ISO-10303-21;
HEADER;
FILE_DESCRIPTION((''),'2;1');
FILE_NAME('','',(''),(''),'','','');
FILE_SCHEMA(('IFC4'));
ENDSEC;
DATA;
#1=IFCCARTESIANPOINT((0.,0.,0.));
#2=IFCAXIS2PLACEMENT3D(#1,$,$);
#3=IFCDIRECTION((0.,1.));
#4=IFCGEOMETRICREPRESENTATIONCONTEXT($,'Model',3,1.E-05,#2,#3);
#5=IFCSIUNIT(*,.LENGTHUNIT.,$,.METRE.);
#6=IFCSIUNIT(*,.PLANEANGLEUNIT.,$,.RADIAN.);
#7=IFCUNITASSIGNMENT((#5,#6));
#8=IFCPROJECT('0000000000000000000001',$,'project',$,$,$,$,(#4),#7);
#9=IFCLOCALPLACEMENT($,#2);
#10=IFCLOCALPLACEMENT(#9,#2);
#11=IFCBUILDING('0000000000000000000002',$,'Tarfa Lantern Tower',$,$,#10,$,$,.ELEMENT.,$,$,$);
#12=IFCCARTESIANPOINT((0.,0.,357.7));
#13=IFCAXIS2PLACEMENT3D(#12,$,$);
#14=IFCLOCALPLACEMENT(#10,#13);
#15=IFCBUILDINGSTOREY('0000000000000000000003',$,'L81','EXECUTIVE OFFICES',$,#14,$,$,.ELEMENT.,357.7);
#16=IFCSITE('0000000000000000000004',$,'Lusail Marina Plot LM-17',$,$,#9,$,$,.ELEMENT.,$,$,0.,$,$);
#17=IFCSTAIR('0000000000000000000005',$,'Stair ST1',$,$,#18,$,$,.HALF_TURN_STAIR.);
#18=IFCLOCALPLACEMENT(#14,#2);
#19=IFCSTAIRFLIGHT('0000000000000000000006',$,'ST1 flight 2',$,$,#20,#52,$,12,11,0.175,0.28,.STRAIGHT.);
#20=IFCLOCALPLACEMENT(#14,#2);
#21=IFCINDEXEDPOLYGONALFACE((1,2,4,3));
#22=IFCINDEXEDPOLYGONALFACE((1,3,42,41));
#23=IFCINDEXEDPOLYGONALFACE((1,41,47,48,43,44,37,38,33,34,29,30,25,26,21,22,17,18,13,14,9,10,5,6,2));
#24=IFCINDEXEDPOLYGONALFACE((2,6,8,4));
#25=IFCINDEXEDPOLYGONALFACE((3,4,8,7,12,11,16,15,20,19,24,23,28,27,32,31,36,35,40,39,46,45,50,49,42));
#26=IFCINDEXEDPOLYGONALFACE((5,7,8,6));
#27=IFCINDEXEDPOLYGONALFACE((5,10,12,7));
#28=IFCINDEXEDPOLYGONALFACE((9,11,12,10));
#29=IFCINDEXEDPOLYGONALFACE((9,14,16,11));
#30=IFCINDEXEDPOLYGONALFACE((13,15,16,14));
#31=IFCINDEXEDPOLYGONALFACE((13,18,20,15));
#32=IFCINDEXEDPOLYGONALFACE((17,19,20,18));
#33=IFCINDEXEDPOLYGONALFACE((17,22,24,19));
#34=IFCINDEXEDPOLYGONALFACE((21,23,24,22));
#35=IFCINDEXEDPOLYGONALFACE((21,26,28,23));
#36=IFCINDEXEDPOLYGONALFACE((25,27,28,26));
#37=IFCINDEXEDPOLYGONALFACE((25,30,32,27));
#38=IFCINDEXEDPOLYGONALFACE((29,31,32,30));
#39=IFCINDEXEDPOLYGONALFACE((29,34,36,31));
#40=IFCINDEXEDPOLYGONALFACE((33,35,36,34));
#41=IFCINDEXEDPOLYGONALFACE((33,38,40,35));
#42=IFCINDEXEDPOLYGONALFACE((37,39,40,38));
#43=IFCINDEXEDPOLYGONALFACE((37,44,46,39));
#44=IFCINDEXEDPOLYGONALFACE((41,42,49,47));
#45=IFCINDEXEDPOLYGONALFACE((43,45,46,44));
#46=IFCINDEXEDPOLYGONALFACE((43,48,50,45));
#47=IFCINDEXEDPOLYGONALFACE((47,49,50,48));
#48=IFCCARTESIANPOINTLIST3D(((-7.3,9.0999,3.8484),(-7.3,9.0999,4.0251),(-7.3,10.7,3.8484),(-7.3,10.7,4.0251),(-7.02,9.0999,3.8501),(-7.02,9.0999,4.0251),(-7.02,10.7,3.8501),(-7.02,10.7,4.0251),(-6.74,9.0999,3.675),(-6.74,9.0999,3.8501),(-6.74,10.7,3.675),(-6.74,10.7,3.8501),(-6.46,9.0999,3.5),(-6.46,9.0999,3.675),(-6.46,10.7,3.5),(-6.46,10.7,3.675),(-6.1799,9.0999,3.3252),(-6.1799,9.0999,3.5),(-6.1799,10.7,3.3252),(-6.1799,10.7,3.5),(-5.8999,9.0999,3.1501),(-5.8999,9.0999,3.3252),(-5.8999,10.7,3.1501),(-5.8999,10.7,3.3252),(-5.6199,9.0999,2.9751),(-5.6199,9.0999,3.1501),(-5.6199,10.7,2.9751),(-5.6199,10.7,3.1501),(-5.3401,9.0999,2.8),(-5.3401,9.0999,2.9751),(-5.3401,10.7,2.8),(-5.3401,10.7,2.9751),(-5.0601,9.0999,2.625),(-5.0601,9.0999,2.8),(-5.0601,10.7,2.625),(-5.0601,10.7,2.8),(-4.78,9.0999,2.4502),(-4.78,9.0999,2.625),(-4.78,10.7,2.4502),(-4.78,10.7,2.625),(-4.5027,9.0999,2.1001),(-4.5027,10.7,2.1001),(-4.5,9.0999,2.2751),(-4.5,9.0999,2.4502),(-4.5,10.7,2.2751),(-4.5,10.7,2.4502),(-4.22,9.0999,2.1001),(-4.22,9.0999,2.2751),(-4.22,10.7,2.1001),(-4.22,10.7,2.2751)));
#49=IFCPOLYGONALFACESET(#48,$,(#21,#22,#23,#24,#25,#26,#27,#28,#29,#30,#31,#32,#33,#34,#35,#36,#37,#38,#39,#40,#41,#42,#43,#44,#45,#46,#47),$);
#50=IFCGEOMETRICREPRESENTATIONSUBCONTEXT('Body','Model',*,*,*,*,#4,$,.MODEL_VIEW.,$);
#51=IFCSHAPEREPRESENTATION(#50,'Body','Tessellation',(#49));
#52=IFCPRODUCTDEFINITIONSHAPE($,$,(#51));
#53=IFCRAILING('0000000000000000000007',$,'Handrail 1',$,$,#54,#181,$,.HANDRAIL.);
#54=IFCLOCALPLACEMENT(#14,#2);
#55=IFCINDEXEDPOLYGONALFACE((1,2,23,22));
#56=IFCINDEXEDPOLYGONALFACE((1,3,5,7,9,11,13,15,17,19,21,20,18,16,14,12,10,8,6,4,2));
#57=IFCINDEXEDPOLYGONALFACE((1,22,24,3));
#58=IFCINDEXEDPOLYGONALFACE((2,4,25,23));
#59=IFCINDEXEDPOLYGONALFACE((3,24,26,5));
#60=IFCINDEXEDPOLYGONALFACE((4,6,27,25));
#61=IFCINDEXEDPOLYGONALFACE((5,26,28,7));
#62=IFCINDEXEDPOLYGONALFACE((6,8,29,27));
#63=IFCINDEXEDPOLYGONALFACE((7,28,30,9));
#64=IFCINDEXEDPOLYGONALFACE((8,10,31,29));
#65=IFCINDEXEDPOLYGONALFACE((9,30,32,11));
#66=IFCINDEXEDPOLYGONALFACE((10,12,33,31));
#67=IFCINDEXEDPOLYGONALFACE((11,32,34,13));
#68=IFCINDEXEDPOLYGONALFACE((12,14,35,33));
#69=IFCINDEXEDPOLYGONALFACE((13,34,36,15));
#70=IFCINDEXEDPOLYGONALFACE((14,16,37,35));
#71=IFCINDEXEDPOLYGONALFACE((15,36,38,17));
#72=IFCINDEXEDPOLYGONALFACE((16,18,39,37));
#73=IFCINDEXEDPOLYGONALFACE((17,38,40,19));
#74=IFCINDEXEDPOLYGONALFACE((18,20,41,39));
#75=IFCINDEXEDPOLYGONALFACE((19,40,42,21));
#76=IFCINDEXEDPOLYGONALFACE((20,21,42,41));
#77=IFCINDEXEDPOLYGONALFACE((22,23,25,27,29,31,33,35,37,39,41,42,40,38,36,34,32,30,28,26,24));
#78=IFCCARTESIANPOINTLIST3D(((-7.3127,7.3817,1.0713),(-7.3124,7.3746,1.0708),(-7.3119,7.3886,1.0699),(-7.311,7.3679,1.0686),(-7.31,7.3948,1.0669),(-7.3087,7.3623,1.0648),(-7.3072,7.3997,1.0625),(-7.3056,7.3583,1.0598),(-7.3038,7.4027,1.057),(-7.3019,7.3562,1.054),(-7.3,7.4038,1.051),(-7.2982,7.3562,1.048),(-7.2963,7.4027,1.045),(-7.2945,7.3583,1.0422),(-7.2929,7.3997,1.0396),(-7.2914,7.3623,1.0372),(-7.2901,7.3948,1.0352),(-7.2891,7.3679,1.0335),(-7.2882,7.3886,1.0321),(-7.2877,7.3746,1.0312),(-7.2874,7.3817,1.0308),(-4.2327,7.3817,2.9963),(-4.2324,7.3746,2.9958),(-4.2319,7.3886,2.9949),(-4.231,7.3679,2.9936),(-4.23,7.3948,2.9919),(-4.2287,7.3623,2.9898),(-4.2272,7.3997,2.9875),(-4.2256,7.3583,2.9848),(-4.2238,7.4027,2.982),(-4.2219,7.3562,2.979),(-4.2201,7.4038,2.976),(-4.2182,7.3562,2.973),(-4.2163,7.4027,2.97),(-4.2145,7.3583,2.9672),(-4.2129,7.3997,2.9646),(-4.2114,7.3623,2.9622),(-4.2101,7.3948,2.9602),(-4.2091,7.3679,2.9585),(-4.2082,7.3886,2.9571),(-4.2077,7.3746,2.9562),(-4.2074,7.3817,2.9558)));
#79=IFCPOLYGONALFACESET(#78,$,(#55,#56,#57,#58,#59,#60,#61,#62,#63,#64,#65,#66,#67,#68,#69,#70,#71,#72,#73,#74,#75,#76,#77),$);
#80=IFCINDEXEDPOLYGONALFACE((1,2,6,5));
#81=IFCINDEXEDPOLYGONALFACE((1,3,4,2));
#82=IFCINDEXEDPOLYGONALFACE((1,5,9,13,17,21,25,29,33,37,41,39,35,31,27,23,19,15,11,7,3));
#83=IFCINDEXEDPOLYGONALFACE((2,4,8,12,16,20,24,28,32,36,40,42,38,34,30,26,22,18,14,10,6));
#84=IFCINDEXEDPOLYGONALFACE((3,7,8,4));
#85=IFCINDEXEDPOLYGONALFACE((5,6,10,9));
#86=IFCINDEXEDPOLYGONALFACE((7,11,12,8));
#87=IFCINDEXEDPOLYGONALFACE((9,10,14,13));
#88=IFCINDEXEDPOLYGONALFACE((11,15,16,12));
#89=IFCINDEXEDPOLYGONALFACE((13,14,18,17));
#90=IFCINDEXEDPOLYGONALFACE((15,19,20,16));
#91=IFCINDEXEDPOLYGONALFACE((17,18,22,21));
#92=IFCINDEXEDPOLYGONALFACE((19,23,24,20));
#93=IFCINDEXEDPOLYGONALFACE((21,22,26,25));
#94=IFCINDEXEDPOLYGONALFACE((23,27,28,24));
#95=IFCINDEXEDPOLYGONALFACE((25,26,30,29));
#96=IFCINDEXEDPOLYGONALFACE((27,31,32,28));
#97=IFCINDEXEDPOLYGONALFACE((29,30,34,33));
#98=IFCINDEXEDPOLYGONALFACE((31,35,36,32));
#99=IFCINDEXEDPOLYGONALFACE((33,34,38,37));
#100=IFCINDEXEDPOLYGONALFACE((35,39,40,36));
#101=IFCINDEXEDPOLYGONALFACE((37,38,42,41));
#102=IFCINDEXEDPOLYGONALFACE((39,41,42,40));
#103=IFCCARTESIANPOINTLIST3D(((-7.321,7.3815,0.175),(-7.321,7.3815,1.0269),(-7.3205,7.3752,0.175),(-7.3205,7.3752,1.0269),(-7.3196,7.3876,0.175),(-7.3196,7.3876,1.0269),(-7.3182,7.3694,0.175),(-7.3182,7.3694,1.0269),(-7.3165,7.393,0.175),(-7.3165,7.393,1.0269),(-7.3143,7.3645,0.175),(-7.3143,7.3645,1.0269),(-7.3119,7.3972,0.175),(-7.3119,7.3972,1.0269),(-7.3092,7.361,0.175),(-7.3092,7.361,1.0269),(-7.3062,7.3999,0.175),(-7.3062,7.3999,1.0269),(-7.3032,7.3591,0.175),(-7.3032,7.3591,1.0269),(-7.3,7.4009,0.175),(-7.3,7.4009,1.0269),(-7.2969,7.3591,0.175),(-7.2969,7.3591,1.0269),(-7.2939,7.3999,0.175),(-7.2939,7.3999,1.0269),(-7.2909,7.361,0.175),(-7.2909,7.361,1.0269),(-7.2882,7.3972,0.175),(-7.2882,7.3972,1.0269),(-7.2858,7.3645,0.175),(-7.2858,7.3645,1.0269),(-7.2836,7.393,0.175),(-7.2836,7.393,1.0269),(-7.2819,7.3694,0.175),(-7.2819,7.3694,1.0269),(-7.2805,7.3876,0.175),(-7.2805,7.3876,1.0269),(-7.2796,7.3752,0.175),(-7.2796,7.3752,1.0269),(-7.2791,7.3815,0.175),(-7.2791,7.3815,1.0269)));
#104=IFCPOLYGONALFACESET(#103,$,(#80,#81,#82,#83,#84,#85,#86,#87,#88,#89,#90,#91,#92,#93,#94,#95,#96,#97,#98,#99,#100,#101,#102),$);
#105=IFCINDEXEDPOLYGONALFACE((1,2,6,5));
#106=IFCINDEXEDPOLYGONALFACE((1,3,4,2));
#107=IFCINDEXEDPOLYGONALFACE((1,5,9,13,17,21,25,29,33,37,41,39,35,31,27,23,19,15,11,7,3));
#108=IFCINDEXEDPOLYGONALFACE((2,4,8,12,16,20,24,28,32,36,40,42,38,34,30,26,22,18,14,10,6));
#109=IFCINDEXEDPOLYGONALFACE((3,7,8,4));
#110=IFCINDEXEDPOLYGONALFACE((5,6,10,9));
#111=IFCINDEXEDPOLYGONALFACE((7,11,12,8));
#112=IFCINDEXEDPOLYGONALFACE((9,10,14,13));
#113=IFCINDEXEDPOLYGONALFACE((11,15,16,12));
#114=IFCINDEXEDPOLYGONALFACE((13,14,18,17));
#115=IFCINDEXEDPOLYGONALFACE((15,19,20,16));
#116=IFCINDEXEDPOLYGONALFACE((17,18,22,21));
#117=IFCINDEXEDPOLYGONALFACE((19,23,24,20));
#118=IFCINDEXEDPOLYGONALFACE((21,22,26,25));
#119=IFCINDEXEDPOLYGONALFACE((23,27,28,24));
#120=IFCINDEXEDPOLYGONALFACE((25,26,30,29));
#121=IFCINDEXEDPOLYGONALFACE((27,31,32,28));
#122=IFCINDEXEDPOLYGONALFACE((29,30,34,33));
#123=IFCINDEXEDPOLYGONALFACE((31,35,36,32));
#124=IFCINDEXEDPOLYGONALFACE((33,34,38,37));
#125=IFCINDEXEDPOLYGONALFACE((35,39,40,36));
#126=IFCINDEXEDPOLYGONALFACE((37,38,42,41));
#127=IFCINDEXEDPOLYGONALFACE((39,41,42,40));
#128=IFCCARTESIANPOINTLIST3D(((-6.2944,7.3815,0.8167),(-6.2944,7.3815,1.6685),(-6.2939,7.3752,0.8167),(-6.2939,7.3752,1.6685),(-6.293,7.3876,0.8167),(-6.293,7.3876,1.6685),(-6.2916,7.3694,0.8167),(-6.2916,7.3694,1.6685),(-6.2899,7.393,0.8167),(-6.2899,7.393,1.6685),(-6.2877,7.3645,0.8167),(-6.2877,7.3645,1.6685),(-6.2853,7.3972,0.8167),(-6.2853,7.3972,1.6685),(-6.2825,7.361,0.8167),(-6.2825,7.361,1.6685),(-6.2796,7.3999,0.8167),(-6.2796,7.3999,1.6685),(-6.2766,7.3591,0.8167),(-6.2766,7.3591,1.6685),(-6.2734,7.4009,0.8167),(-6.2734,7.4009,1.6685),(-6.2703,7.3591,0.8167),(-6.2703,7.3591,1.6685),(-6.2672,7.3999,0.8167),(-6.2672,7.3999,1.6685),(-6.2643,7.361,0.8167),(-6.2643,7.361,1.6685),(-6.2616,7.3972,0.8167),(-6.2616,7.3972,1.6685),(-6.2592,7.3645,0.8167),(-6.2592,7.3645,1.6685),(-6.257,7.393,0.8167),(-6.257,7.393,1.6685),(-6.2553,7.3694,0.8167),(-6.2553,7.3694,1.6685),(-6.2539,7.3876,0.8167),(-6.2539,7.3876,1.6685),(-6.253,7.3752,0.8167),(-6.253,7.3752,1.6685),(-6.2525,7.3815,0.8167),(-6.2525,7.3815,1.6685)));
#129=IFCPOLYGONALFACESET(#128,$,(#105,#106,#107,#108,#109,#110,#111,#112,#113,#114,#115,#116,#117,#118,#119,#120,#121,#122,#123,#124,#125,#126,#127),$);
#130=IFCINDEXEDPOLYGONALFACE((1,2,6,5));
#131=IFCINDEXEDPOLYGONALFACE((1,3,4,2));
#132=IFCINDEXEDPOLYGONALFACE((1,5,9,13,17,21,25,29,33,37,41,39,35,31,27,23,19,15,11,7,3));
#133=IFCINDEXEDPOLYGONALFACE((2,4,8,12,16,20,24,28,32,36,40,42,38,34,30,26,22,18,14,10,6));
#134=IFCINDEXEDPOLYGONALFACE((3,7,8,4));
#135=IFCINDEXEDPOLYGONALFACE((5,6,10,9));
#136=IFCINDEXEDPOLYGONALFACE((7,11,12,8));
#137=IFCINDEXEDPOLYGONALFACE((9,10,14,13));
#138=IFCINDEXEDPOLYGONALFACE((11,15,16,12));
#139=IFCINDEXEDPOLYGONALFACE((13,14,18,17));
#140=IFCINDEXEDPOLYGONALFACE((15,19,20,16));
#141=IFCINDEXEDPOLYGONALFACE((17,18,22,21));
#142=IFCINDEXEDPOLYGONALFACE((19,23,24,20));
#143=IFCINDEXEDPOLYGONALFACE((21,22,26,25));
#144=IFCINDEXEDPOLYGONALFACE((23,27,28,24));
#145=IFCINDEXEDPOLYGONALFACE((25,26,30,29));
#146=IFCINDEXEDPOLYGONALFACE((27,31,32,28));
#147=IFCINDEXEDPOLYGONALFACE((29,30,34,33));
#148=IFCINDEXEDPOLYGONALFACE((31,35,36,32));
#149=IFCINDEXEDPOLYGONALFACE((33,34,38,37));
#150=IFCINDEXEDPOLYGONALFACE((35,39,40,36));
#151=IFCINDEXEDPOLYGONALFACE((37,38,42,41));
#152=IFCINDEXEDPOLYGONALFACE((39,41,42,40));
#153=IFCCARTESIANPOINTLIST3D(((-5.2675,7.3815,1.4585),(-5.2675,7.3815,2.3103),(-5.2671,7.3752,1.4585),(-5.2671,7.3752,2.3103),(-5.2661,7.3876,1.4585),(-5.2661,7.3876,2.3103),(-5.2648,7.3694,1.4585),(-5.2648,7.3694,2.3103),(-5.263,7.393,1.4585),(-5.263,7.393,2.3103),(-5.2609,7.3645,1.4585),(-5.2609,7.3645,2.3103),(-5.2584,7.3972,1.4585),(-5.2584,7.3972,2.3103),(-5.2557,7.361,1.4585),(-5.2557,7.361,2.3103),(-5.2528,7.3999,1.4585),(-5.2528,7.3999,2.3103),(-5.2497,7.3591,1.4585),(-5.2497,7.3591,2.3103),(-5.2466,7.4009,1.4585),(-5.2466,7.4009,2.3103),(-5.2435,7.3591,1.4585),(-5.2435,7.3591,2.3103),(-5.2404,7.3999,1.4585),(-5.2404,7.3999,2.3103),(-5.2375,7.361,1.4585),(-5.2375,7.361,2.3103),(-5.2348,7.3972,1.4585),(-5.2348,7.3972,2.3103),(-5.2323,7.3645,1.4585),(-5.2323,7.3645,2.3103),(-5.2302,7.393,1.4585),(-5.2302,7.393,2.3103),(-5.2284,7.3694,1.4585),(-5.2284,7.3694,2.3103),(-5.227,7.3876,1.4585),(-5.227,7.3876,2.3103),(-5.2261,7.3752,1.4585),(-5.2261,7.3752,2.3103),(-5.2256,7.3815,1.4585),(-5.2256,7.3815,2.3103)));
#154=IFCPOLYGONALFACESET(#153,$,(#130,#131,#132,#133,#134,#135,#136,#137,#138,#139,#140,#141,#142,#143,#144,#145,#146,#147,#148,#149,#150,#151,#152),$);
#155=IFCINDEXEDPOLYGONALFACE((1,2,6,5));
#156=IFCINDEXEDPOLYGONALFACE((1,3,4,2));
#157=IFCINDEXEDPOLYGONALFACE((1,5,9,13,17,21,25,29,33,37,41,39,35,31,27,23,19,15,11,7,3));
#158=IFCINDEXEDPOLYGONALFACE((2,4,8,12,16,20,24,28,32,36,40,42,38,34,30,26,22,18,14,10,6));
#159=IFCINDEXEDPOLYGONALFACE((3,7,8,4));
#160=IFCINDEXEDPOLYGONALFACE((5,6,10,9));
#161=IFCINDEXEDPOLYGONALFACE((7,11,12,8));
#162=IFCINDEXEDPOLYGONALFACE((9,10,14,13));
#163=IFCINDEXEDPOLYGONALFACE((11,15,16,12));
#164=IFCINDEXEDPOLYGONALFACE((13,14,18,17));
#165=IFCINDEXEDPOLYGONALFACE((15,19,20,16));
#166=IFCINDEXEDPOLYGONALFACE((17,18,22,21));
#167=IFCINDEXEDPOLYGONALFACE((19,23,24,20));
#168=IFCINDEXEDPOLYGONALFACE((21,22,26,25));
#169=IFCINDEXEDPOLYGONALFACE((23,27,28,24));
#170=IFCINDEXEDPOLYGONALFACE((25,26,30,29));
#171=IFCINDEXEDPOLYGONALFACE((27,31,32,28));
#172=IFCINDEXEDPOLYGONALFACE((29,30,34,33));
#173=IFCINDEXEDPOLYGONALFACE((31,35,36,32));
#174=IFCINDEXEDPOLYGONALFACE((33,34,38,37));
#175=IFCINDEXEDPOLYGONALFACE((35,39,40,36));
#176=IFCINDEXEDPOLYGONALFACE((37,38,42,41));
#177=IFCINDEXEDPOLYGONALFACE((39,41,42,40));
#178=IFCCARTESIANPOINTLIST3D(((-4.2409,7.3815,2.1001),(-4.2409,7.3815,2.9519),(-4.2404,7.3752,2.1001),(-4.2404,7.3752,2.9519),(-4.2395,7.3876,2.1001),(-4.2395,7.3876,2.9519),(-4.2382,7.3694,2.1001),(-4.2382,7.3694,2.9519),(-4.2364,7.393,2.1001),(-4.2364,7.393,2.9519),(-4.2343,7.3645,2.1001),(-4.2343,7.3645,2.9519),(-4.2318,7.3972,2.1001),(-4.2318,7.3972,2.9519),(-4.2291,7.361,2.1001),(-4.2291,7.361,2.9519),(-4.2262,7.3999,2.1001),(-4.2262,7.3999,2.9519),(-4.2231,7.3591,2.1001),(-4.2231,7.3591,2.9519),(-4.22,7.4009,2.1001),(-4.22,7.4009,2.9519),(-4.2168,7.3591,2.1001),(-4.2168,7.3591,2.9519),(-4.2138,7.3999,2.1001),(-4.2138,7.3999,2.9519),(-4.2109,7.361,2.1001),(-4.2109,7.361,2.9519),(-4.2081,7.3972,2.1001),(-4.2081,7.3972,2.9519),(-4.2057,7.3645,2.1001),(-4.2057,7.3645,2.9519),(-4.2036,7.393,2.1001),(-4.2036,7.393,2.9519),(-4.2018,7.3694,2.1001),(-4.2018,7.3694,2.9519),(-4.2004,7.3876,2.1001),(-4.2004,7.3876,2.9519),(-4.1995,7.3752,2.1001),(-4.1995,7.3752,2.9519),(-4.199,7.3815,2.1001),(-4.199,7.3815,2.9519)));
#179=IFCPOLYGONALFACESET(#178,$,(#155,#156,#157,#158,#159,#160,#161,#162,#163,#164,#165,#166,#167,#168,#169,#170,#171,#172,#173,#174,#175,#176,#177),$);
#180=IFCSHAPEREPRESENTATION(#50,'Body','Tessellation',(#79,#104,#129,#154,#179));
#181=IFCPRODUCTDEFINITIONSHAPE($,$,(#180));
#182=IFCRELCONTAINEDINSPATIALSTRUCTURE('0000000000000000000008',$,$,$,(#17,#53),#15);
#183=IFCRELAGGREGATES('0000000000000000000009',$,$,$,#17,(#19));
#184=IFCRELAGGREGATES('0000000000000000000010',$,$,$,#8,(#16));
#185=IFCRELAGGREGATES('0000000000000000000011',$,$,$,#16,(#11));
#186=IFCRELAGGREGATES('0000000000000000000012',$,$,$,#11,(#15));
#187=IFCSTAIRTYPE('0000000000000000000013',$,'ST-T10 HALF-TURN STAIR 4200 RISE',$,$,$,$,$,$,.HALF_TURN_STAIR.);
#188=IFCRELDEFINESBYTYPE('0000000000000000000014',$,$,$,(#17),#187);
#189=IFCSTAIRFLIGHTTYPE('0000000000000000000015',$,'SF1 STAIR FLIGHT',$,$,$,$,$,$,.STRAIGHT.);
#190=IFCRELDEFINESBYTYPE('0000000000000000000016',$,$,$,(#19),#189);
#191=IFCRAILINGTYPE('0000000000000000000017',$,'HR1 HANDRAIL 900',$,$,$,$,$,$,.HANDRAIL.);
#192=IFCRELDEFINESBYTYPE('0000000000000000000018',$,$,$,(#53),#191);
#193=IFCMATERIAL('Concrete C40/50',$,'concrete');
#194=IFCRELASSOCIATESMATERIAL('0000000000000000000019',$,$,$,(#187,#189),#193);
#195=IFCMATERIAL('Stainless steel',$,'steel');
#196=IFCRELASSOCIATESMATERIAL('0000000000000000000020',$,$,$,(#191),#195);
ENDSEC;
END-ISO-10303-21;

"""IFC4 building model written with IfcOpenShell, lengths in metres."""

from ifc_helpers import new_model, si_unit, direction, frame, origin, origin_2d, place, context, subcontext, project, spatial, polyline, circle, outline, extrude, material, type_object, element, aggregate, save


model = new_model("IFC4")

# Units and contexts
model_context = context("Model", 3, precision=1e-05, world=origin(), true_north=direction((0.0, 1.0)))
body_context = subcontext(model_context, "Body", "Model", "MODEL_VIEW")
ifc_project = project(units=[si_unit("LENGTHUNIT", "METRE"), si_unit("PLANEANGLEUNIT", "RADIAN")], contexts=[model_context])

# Site, building, storey
site_placement = place(None, origin())
site = spatial("IfcSite", under=ifc_project, at=site_placement, Name="Lusail Marina Plot LM-17", CompositionType="ELEMENT", RefElevation=0.0)
building_placement = place(site_placement, origin())
building = spatial("IfcBuilding", under=site, at=building_placement, Name="Tarfa Lantern Tower", CompositionType="ELEMENT")
storey_placement = place(building_placement, frame((0.0, 0.0, 357.7)))
storey = spatial("IfcBuildingStorey", under=building, at=storey_placement, Name="L81", Description="EXECUTIVE OFFICES", CompositionType="ELEMENT", Elevation=357.7)

# Stair, stair flight
ifc_material_1 = material(Name="Concrete C40/50", Category="concrete")
stair_type = type_object("IfcStairType", Name="ST-T10 HALF-TURN STAIR 4200 RISE", PredefinedType="HALF_TURN_STAIR", material=ifc_material_1)
stair_placement = place(storey_placement, origin())
stair = element("IfcStair", 1, at=stair_placement, inside=storey, type_object=stair_type, Name="Stair ST1", PredefinedType="HALF_TURN_STAIR")
stair_flight_type = type_object("IfcStairFlightType", Name="SF1 STAIR FLIGHT", PredefinedType="STRAIGHT", material=ifc_material_1)
stair_flight_1_placement = place(storey_placement, frame((-4.22, 9.8999, 2.1001), z_axis=(0.0, 0.0, 1.0), x_axis=(-1.0, 0.0, 0.0)))
stair_flight_1 = element("IfcStairFlight", 2, at=stair_flight_1_placement, type_object=stair_flight_type, Name="ST1 flight 2", NumberOfRisers=12, NumberOfTreads=11, PredefinedType="STRAIGHT", RiserHeight=0.175, TreadLength=0.28, context=body_context, shape_type="SweptSolid", body=[
    extrude(outline(polyline([(0.0, 0.0), (0.0, 0.175), (0.28, 0.175), (0.28, 0.3501), (0.5601, 0.3501), (0.5601, 0.5249), (0.8401, 0.5249), (0.8401, 0.7), (1.1201, 0.7), (1.1201, 0.875), (1.3999, 0.875), (1.3999, 1.05), (1.6799, 1.05), (1.6799, 1.2251), (1.96, 1.2251), (1.96, 1.3999), (2.24, 1.3999), (2.24, 1.575), (2.52, 1.575), (2.52, 1.75), (2.8, 1.75), (2.8, 1.925), (3.0801, 1.925), (3.0801, 2.1001), (3.0801, 1.7483), (0.2827, 0.0), (0.0, 0.0)])), frame((0.0, 0.8, 0.0), z_axis=(0.0, -1.0, 0.0), x_axis=(1.0, 0.0, 0.0)), (0.0, 0.0, 1.0), 1.6001),
])
aggregate(stair, [stair_flight_1])

# Railing
ifc_material_2 = material(Name="Stainless steel", Category="steel")
railing_type = type_object("IfcRailingType", Name="HR1 HANDRAIL 900", PredefinedType="HANDRAIL", material=ifc_material_2)
railing_1_placement = place(storey_placement, frame((-7.3, 7.3799, 0.175)))
element("IfcRailing", 3, at=railing_1_placement, inside=storey, type_object=railing_type, Name="Handrail 1", PredefinedType="HANDRAIL", context=body_context, shape_type="SweptSolid", body=[
    extrude(circle(Radius=0.0239, at=origin_2d()), frame((0.0, 0.0, 0.876), z_axis=(0.847998, 0.0, 0.529999), x_axis=(0.0, 1.0, 0.0)), (0.0, 0.0, 1.0), 3.6321),
    extrude(circle(Radius=0.021, at=origin_2d()), frame((0.0, 0.0, 0.0), z_axis=(0.0, 0.0, 1.0), x_axis=(0.0, 1.0, 0.0)), (0.0, 0.0, 1.0), 0.8518),
    extrude(circle(Radius=0.021, at=origin_2d()), frame((1.0266, 0.0, 0.6416), z_axis=(0.0, 0.0, 1.0), x_axis=(0.0, 1.0, 0.0)), (0.0, 0.0, 1.0), 0.8518),
    extrude(circle(Radius=0.021, at=origin_2d()), frame((2.0535, 0.0, 1.2834), z_axis=(0.0, 0.0, 1.0), x_axis=(0.0, 1.0, 0.0)), (0.0, 0.0, 1.0), 0.8518),
    extrude(circle(Radius=0.021, at=origin_2d()), frame((3.0801, 0.0, 1.925), z_axis=(0.0, 0.0, 1.0), x_axis=(0.0, 1.0, 0.0)), (0.0, 0.0, 1.0), 0.8518),
])

save(model, "model.ifc")
